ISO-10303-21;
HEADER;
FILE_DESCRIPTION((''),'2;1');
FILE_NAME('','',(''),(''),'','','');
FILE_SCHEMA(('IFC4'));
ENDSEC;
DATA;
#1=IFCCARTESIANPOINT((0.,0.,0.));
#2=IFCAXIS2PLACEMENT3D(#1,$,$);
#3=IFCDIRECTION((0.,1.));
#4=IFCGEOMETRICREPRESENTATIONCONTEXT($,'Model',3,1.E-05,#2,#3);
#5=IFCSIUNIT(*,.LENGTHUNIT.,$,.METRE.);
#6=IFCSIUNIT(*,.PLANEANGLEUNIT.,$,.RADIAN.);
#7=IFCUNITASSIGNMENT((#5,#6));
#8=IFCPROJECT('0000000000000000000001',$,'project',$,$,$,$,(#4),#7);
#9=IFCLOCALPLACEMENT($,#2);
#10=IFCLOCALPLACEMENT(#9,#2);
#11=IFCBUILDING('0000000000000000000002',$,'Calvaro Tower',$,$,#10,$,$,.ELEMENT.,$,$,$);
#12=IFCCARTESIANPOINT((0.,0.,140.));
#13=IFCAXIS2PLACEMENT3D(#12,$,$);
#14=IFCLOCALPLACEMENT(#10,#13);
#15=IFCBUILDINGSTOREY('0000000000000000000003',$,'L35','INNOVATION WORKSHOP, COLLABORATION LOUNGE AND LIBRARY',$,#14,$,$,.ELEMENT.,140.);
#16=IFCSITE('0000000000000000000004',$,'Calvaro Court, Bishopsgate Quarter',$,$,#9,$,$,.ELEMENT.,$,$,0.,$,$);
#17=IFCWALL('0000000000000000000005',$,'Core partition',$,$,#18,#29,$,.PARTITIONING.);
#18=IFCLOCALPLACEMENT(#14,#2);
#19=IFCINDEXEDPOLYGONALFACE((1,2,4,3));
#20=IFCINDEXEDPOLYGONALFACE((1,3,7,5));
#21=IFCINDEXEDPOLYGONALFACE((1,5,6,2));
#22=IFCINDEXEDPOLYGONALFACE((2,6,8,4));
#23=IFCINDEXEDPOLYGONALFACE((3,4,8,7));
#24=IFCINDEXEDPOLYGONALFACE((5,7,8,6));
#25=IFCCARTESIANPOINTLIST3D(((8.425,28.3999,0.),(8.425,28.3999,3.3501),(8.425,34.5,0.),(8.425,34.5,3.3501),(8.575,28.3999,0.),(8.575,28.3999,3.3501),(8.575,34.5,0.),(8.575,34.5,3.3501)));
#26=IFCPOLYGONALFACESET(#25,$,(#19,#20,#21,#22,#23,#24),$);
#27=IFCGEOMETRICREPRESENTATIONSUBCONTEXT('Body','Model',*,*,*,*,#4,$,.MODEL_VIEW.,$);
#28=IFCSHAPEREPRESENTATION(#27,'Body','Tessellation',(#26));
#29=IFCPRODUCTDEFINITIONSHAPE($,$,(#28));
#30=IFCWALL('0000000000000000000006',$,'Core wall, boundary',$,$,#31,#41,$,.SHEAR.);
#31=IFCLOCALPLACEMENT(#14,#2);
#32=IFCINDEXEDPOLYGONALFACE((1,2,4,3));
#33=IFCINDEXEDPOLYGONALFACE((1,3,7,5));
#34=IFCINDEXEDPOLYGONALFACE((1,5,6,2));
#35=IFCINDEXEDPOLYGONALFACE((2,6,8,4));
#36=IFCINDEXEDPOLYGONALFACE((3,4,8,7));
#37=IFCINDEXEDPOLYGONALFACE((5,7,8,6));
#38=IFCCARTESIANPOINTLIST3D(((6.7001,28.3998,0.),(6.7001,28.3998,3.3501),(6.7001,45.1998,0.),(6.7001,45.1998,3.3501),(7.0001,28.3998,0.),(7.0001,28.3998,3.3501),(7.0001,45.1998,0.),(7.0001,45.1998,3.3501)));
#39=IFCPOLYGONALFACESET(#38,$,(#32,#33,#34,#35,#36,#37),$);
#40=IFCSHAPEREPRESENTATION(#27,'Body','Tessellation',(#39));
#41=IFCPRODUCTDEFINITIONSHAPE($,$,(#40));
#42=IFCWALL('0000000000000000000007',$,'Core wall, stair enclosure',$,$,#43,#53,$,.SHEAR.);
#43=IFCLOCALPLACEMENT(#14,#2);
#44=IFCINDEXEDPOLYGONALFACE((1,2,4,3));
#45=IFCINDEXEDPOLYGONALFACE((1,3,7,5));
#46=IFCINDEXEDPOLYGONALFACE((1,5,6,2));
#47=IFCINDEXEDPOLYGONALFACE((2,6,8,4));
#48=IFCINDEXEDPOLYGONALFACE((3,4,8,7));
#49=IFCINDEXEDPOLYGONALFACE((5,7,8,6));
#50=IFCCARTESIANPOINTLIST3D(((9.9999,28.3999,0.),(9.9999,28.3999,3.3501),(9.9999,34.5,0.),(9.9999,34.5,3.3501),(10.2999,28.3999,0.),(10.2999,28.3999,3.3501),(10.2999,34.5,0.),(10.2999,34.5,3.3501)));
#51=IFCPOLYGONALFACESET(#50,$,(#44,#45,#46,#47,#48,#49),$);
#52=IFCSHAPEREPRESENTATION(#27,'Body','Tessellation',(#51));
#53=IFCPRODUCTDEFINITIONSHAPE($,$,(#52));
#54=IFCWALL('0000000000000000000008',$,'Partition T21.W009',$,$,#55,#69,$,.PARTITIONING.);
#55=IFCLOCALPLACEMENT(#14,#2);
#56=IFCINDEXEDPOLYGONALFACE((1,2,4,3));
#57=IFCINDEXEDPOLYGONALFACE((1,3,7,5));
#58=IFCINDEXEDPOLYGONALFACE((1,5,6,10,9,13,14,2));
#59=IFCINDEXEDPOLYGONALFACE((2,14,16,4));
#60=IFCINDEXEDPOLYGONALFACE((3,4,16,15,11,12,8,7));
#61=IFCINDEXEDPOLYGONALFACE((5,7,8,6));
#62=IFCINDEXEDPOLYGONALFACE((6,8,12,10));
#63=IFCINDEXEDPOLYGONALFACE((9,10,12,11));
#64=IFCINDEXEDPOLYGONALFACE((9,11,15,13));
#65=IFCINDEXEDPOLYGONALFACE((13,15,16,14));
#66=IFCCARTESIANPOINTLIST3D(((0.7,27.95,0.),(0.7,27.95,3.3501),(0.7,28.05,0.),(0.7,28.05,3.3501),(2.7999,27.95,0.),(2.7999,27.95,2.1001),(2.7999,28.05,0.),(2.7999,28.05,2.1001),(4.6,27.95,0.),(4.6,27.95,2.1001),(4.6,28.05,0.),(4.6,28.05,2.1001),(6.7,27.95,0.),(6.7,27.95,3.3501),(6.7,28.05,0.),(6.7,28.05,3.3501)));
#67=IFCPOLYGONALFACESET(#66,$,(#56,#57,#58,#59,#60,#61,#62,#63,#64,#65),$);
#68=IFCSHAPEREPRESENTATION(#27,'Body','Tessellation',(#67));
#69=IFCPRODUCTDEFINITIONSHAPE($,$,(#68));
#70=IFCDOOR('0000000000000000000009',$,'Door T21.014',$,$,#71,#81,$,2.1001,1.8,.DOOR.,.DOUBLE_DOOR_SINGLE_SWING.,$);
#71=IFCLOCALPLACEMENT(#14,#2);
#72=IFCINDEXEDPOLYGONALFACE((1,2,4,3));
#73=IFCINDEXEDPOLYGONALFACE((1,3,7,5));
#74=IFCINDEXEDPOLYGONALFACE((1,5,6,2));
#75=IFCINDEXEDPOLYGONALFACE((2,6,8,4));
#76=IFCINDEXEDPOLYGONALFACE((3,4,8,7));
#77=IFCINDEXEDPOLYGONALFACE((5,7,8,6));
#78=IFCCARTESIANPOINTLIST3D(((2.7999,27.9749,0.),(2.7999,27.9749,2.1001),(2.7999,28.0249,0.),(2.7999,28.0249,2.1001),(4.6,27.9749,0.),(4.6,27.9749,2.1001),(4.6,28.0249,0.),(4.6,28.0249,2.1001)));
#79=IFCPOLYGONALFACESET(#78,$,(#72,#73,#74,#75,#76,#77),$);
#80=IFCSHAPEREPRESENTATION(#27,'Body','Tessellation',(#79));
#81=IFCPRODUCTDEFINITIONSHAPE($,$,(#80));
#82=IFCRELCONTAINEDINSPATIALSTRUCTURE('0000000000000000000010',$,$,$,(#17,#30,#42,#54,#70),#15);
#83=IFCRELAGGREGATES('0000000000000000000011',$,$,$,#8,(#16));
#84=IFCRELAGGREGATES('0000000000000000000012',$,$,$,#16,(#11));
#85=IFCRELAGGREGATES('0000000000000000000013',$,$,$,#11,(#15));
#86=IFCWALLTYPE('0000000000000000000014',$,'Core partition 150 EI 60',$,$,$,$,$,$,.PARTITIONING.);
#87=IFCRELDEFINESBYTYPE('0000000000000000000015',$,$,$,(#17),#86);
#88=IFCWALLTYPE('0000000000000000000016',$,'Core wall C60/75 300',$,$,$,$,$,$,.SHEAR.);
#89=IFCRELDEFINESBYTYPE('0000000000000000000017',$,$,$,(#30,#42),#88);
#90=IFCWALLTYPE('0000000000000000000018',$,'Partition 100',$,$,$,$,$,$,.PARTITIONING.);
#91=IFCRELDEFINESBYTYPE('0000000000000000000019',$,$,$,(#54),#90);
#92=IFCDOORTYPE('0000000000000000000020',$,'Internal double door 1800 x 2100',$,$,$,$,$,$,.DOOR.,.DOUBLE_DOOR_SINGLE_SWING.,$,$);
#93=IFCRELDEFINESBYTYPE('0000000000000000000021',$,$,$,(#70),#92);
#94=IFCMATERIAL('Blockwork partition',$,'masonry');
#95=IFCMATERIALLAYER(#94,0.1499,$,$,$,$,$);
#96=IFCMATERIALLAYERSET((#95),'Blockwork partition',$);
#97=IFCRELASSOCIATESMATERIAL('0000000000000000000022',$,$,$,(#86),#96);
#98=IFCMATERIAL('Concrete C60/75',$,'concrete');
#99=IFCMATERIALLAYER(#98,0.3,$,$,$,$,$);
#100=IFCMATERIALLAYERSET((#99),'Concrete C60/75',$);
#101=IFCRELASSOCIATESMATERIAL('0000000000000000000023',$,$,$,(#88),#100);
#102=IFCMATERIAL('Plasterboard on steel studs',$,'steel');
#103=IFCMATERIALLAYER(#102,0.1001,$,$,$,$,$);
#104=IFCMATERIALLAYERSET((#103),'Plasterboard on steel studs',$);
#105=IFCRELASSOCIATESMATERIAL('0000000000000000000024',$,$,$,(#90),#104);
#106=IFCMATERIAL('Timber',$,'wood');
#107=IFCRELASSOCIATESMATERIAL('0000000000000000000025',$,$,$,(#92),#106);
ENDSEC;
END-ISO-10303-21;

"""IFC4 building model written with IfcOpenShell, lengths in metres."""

from ifc_helpers import new_model, si_unit, direction, frame, frame_2d, origin, place, context, subcontext, project, spatial, rectangle, extrude, material, layer, layer_set, type_object, element, fill, save


model = new_model("IFC4")

# Units and contexts
model_context = context("Model", 3, precision=1e-05, world=origin(), true_north=direction((0.0, 1.0)))
body_context = subcontext(model_context, "Body", "Model", "MODEL_VIEW")
ifc_project = project(units=[si_unit("LENGTHUNIT", "METRE"), si_unit("PLANEANGLEUNIT", "RADIAN")], contexts=[model_context])

# Site, building, storey
site_placement = place(None, origin())
site = spatial("IfcSite", under=ifc_project, at=site_placement, Name="Calvaro Court, Bishopsgate Quarter", CompositionType="ELEMENT", RefElevation=0.0)
building_placement = place(site_placement, origin())
building = spatial("IfcBuilding", under=site, at=building_placement, Name="Calvaro Tower", CompositionType="ELEMENT")
storey_placement = place(building_placement, frame((0.0, 0.0, 140.0)))
storey = spatial("IfcBuildingStorey", under=building, at=storey_placement, Name="L35", Description="INNOVATION WORKSHOP, COLLABORATION LOUNGE AND LIBRARY", CompositionType="ELEMENT", Elevation=140.0)

# Walls
ifc_material_1 = material(Name="Blockwork partition", Category="masonry")
ifc_layer_1 = layer(ifc_material_1, 0.1499)
ifc_layer_set_1 = layer_set([ifc_layer_1], Name="Blockwork partition")
wall_type_1 = type_object("IfcWallType", Name="Core partition 150 EI 60", PredefinedType="PARTITIONING", material=ifc_layer_set_1)
wall_1_placement = place(storey_placement, frame((8.5, 28.3999, 0.0), z_axis=(0.0, 0.0, 1.0), x_axis=(0.0, 1.0, 0.0)))
element("IfcWall", 1, at=wall_1_placement, inside=storey, type_object=wall_type_1, Name="Core partition", PredefinedType="PARTITIONING", context=body_context, shape_type="SweptSolid", body=[
    extrude(rectangle(XDim=6.1001, YDim=0.1499, at=frame_2d((3.05, 0.0))), origin(), (0.0, 0.0, 1.0), 3.3501),
])
ifc_material_2 = material(Name="Concrete C60/75", Category="concrete")
ifc_layer_2 = layer(ifc_material_2, 0.3)
ifc_layer_set_2 = layer_set([ifc_layer_2], Name="Concrete C60/75")
wall_type_2 = type_object("IfcWallType", Name="Core wall C60/75 300", PredefinedType="SHEAR", material=ifc_layer_set_2)
wall_2_placement = place(storey_placement, frame((6.8501, 28.3999, 0.0), z_axis=(0.0, 0.0, 1.0), x_axis=(0.0, 1.0, 0.0)))
element("IfcWall", 2, at=wall_2_placement, inside=storey, type_object=wall_type_2, Name="Core wall, boundary", PredefinedType="SHEAR", context=body_context, shape_type="SweptSolid", body=[
    extrude(rectangle(XDim=16.8, YDim=0.3, at=frame_2d((8.3999, 0.0))), origin(), (0.0, 0.0, 1.0), 3.3501),
])
wall_3_placement = place(storey_placement, frame((10.1499, 28.3999, 0.0), z_axis=(0.0, 0.0, 1.0), x_axis=(0.0, 1.0, 0.0)))
element("IfcWall", 3, at=wall_3_placement, inside=storey, type_object=wall_type_2, Name="Core wall, stair enclosure", PredefinedType="SHEAR", context=body_context, shape_type="SweptSolid", body=[
    extrude(rectangle(XDim=6.1001, YDim=0.3, at=frame_2d((3.05, 0.0))), origin(), (0.0, 0.0, 1.0), 3.3501),
])

# Wall, opening, door
ifc_material_3 = material(Name="Plasterboard on steel studs", Category="steel")
ifc_layer_3 = layer(ifc_material_3, 0.1001)
ifc_layer_set_3 = layer_set([ifc_layer_3], Name="Plasterboard on steel studs")
wall_type_3 = type_object("IfcWallType", Name="Partition 100", PredefinedType="PARTITIONING", material=ifc_layer_set_3)
wall_4_placement = place(storey_placement, frame((0.7, 28.0, 0.0), z_axis=(0.0, 0.0, 1.0), x_axis=(1.0, 0.0, 0.0)))
wall_4 = element("IfcWall", 4, at=wall_4_placement, inside=storey, type_object=wall_type_3, Name="Partition T21.W009", PredefinedType="PARTITIONING", context=body_context, shape_type="SweptSolid", body=[
    extrude(rectangle(XDim=6.0, YDim=0.1001, at=frame_2d((3.0, 0.0))), origin(), (0.0, 0.0, 1.0), 3.3501),
])
opening_1_placement = place(wall_4_placement, frame((2.1001, 0.0, 0.0)))
opening_1 = element("IfcOpeningElement", 5, at=opening_1_placement, cuts=wall_4, PredefinedType="OPENING", context=body_context, shape_type="SweptSolid", body=[
    extrude(rectangle(XDim=1.8, YDim=2.1001, at=frame_2d((0.8999, 1.05))), frame((0.0, 0.0601, 0.0), z_axis=(0.0, -1.0, 0.0), x_axis=(1.0, 0.0, 0.0)), (0.0, 0.0, 1.0), 0.1201),
])
ifc_material_4 = material(Name="Timber", Category="wood")
door_type_1 = type_object("IfcDoorType", Name="Internal double door 1800 x 2100", OperationType="DOUBLE_DOOR_SINGLE_SWING", PredefinedType="DOOR", material=ifc_material_4)
door_1_placement = place(opening_1_placement, origin())
door_1 = element("IfcDoor", 6, at=door_1_placement, inside=storey, type_object=door_type_1, Name="Door T21.014", OperationType="DOUBLE_DOOR_SINGLE_SWING", OverallHeight=2.1001, OverallWidth=1.8, PredefinedType="DOOR", context=body_context, shape_type="SweptSolid", body=[
    extrude(rectangle(XDim=1.8, YDim=2.1001, at=frame_2d((0.8999, 1.05))), frame((0.0, 0.0249, 0.0), z_axis=(0.0, -1.0, 0.0), x_axis=(1.0, 0.0, 0.0)), (0.0, 0.0, 1.0), 0.05),
])
fill(opening_1, door_1)

save(model, "model.ifc")
